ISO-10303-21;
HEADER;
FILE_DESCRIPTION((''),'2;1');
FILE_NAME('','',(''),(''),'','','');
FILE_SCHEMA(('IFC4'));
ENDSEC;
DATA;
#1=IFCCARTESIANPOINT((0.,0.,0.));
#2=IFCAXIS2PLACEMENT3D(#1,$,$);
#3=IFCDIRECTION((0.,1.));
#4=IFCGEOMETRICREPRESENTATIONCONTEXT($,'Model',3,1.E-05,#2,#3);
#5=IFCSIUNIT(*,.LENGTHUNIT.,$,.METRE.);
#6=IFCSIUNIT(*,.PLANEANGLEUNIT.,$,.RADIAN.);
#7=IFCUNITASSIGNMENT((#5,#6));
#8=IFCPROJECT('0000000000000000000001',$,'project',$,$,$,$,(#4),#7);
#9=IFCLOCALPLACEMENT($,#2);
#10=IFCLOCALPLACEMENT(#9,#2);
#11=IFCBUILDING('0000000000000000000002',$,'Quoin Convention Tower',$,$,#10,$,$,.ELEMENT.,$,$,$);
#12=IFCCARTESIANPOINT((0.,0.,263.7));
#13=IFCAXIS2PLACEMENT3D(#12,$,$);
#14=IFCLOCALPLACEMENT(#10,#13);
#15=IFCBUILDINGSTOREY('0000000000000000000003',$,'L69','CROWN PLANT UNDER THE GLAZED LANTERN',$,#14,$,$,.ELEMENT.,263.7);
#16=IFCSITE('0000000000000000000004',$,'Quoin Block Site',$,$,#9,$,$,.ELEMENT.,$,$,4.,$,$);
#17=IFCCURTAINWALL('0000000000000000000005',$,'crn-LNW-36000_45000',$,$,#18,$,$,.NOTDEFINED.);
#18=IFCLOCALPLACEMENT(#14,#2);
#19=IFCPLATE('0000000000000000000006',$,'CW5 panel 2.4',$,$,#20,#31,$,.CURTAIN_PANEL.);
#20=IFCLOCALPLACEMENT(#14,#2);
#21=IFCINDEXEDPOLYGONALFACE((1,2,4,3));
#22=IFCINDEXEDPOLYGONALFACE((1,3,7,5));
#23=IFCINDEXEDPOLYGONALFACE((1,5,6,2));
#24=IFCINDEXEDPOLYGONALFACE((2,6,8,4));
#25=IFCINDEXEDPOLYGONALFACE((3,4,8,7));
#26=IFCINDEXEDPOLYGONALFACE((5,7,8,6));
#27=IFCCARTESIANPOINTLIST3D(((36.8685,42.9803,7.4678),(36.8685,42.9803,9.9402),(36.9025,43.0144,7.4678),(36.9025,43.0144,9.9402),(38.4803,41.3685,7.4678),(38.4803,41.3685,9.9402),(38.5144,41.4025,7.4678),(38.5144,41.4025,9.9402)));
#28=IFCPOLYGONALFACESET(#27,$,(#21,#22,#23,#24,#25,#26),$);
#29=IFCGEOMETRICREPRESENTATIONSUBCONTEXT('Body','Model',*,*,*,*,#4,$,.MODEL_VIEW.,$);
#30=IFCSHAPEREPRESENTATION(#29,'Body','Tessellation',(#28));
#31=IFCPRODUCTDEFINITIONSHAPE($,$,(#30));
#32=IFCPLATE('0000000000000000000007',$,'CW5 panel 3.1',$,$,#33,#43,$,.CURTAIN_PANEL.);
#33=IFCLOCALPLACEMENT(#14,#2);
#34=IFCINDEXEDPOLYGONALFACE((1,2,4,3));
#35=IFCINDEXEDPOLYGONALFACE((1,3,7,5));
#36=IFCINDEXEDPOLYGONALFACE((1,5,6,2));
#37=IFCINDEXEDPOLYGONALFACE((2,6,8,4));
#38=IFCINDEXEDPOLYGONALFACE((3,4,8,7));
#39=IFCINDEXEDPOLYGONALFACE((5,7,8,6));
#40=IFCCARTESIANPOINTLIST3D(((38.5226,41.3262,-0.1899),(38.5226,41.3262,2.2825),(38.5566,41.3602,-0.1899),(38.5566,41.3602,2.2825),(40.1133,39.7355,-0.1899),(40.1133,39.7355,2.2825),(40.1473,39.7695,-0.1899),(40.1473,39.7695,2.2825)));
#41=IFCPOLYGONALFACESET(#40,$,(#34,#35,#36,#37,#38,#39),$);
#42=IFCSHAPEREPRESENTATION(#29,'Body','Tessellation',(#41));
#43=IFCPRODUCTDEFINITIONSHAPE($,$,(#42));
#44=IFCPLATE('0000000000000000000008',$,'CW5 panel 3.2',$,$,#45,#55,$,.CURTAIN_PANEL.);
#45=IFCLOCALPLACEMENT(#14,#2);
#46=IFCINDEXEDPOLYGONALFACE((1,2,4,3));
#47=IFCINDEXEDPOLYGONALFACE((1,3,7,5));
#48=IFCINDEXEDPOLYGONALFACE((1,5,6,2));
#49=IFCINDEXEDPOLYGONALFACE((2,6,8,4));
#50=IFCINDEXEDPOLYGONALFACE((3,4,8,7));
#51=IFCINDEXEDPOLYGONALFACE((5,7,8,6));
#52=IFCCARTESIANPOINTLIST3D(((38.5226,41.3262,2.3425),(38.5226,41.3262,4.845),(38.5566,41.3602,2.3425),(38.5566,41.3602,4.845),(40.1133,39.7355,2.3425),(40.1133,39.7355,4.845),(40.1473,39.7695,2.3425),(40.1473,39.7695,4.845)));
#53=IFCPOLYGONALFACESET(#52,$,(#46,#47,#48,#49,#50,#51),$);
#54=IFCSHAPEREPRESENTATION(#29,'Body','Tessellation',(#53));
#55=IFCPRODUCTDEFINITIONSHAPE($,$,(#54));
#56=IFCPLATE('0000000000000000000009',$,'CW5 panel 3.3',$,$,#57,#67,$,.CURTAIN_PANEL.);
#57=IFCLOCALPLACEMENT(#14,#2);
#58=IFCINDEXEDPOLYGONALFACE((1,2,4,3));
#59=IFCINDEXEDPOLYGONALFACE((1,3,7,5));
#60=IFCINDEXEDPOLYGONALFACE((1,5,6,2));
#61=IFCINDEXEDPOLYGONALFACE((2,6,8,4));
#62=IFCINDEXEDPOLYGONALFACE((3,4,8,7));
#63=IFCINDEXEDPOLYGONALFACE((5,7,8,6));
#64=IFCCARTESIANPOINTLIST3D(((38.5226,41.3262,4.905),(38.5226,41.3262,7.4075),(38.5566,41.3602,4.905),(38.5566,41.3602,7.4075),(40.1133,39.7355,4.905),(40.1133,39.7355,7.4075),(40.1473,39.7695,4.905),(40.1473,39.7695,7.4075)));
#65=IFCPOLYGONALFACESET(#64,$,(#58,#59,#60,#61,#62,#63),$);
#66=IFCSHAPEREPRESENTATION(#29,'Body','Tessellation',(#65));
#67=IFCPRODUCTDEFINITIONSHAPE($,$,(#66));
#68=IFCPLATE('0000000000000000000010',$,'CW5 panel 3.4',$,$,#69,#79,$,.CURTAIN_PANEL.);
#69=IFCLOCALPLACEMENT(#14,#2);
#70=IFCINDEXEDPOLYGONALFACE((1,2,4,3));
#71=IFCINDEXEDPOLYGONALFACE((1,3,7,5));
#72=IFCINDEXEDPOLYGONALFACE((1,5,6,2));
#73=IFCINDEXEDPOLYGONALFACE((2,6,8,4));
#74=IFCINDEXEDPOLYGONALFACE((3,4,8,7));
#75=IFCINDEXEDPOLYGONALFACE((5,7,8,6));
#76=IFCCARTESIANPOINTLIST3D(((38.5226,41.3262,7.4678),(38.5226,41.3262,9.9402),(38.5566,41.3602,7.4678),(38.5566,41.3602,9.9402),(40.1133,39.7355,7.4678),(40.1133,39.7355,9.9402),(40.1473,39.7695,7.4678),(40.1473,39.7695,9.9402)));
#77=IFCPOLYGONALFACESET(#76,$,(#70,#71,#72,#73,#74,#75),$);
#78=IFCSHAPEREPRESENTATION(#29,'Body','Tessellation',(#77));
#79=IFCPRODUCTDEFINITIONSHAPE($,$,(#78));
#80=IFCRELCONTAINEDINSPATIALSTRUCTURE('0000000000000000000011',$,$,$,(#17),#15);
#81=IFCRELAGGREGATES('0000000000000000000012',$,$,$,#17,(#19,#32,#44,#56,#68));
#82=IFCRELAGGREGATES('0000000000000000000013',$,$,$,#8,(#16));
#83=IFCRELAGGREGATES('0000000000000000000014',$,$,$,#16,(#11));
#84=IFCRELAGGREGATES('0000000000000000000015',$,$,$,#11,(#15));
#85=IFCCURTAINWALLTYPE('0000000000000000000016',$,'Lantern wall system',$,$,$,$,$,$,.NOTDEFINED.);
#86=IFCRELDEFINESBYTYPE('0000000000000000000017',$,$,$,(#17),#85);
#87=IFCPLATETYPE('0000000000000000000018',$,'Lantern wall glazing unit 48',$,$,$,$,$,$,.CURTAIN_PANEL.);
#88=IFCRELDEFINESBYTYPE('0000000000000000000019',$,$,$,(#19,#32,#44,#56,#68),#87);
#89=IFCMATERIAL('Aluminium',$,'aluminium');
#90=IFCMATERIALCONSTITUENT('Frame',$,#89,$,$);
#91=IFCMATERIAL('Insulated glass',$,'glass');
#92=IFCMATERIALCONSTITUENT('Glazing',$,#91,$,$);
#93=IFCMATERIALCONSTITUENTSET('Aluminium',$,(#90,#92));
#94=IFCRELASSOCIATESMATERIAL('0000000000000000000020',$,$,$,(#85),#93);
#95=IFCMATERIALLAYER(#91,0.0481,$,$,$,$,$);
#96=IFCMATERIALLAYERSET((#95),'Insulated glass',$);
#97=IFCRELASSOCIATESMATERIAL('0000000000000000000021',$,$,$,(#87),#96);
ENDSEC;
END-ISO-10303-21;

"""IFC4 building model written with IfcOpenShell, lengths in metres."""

from ifc_helpers import new_model, si_unit, direction, frame, origin, origin_2d, place, context, subcontext, project, spatial, rectangle, extrude, material, layer, layer_set, constituent, constituent_set, type_object, element, aggregate, save


model = new_model("IFC4")

# Units and contexts
model_context = context("Model", 3, precision=1e-05, world=origin(), true_north=direction((0.0, 1.0)))
body_context = subcontext(model_context, "Body", "Model", "MODEL_VIEW")
ifc_project = project(units=[si_unit("LENGTHUNIT", "METRE"), si_unit("PLANEANGLEUNIT", "RADIAN")], contexts=[model_context])

# Site, building, storey
site_placement = place(None, origin())
site = spatial("IfcSite", under=ifc_project, at=site_placement, Name="Quoin Block Site", CompositionType="ELEMENT", RefElevation=4.0)
building_placement = place(site_placement, origin())
building = spatial("IfcBuilding", under=site, at=building_placement, Name="Quoin Convention Tower", CompositionType="ELEMENT")
storey_placement = place(building_placement, frame((0.0, 0.0, 263.7)))
storey = spatial("IfcBuildingStorey", under=building, at=storey_placement, Name="L69", Description="CROWN PLANT UNDER THE GLAZED LANTERN", CompositionType="ELEMENT", Elevation=263.7)

# Curtain wall
ifc_material_1 = material(Name="Aluminium", Category="aluminium")
ifc_constituent_1 = constituent(ifc_material_1, Name="Frame")
ifc_material_2 = material(Name="Insulated glass", Category="glass")
ifc_constituent_2 = constituent(ifc_material_2, Name="Glazing")
ifc_constituent_set = constituent_set(constituents=[ifc_constituent_1, ifc_constituent_2], Name="Aluminium")
curtain_wall_type = type_object("IfcCurtainWallType", Name="Lantern wall system", PredefinedType="NOTDEFINED", material=ifc_constituent_set)
curtain_wall_placement = place(storey_placement, origin())
curtain_wall = element("IfcCurtainWall", 1, at=curtain_wall_placement, inside=storey, type_object=curtain_wall_type, Name="crn-LNW-36000_45000", PredefinedType="NOTDEFINED")

# Plates
ifc_layer = layer(ifc_material_2, 0.0481)
ifc_layer_set = layer_set([ifc_layer], Name="Insulated glass")
plate_type = type_object("IfcPlateType", Name="Lantern wall glazing unit 48", PredefinedType="CURTAIN_PANEL", material=ifc_layer_set)
plate_1_placement = place(storey_placement, frame((37.6914, 42.1914, 7.4678), z_axis=(0.0, 0.0, 1.0), x_axis=(0.707107, -0.707107, 0.0)))
plate_1 = element("IfcPlate", 2, at=plate_1_placement, type_object=plate_type, Name="CW5 panel 2.4", PredefinedType="CURTAIN_PANEL", context=body_context, shape_type="SweptSolid", body=[
    extrude(rectangle(XDim=2.2795, YDim=0.0481, at=origin_2d()), origin(), (0.0, 0.0, 1.0), 2.4724),
])
plate_2_placement = place(storey_placement, frame((39.335, 40.5479, -0.1899), z_axis=(0.0, 0.0, 1.0), x_axis=(0.707107, -0.707107, 0.0)))
plate_2 = element("IfcPlate", 3, at=plate_2_placement, type_object=plate_type, Name="CW5 panel 3.1", PredefinedType="CURTAIN_PANEL", context=body_context, shape_type="SweptSolid", body=[
    extrude(rectangle(XDim=2.2495, YDim=0.0481, at=origin_2d()), origin(), (0.0, 0.0, 1.0), 2.4724),
])
plate_3_placement = place(storey_placement, frame((39.335, 40.5479, 2.3425), z_axis=(0.0, 0.0, 1.0), x_axis=(0.707107, -0.707107, 0.0)))
plate_3 = element("IfcPlate", 4, at=plate_3_placement, type_object=plate_type, Name="CW5 panel 3.2", PredefinedType="CURTAIN_PANEL", context=body_context, shape_type="SweptSolid", body=[
    extrude(rectangle(XDim=2.2495, YDim=0.0481, at=origin_2d()), origin(), (0.0, 0.0, 1.0), 2.5024),
])
plate_4_placement = place(storey_placement, frame((39.335, 40.5479, 4.905), z_axis=(0.0, 0.0, 1.0), x_axis=(0.707107, -0.707107, 0.0)))
plate_4 = element("IfcPlate", 5, at=plate_4_placement, type_object=plate_type, Name="CW5 panel 3.3", PredefinedType="CURTAIN_PANEL", context=body_context, shape_type="SweptSolid", body=[
    extrude(rectangle(XDim=2.2495, YDim=0.0481, at=origin_2d()), origin(), (0.0, 0.0, 1.0), 2.5024),
])
plate_5_placement = place(storey_placement, frame((39.335, 40.5479, 7.4678), z_axis=(0.0, 0.0, 1.0), x_axis=(0.707107, -0.707107, 0.0)))
plate_5 = element("IfcPlate", 6, at=plate_5_placement, type_object=plate_type, Name="CW5 panel 3.4", PredefinedType="CURTAIN_PANEL", context=body_context, shape_type="SweptSolid", body=[
    extrude(rectangle(XDim=2.2495, YDim=0.0481, at=origin_2d()), origin(), (0.0, 0.0, 1.0), 2.4724),
])
aggregate(curtain_wall, [plate_1, plate_2, plate_3, plate_4, plate_5])

save(model, "model.ifc")
